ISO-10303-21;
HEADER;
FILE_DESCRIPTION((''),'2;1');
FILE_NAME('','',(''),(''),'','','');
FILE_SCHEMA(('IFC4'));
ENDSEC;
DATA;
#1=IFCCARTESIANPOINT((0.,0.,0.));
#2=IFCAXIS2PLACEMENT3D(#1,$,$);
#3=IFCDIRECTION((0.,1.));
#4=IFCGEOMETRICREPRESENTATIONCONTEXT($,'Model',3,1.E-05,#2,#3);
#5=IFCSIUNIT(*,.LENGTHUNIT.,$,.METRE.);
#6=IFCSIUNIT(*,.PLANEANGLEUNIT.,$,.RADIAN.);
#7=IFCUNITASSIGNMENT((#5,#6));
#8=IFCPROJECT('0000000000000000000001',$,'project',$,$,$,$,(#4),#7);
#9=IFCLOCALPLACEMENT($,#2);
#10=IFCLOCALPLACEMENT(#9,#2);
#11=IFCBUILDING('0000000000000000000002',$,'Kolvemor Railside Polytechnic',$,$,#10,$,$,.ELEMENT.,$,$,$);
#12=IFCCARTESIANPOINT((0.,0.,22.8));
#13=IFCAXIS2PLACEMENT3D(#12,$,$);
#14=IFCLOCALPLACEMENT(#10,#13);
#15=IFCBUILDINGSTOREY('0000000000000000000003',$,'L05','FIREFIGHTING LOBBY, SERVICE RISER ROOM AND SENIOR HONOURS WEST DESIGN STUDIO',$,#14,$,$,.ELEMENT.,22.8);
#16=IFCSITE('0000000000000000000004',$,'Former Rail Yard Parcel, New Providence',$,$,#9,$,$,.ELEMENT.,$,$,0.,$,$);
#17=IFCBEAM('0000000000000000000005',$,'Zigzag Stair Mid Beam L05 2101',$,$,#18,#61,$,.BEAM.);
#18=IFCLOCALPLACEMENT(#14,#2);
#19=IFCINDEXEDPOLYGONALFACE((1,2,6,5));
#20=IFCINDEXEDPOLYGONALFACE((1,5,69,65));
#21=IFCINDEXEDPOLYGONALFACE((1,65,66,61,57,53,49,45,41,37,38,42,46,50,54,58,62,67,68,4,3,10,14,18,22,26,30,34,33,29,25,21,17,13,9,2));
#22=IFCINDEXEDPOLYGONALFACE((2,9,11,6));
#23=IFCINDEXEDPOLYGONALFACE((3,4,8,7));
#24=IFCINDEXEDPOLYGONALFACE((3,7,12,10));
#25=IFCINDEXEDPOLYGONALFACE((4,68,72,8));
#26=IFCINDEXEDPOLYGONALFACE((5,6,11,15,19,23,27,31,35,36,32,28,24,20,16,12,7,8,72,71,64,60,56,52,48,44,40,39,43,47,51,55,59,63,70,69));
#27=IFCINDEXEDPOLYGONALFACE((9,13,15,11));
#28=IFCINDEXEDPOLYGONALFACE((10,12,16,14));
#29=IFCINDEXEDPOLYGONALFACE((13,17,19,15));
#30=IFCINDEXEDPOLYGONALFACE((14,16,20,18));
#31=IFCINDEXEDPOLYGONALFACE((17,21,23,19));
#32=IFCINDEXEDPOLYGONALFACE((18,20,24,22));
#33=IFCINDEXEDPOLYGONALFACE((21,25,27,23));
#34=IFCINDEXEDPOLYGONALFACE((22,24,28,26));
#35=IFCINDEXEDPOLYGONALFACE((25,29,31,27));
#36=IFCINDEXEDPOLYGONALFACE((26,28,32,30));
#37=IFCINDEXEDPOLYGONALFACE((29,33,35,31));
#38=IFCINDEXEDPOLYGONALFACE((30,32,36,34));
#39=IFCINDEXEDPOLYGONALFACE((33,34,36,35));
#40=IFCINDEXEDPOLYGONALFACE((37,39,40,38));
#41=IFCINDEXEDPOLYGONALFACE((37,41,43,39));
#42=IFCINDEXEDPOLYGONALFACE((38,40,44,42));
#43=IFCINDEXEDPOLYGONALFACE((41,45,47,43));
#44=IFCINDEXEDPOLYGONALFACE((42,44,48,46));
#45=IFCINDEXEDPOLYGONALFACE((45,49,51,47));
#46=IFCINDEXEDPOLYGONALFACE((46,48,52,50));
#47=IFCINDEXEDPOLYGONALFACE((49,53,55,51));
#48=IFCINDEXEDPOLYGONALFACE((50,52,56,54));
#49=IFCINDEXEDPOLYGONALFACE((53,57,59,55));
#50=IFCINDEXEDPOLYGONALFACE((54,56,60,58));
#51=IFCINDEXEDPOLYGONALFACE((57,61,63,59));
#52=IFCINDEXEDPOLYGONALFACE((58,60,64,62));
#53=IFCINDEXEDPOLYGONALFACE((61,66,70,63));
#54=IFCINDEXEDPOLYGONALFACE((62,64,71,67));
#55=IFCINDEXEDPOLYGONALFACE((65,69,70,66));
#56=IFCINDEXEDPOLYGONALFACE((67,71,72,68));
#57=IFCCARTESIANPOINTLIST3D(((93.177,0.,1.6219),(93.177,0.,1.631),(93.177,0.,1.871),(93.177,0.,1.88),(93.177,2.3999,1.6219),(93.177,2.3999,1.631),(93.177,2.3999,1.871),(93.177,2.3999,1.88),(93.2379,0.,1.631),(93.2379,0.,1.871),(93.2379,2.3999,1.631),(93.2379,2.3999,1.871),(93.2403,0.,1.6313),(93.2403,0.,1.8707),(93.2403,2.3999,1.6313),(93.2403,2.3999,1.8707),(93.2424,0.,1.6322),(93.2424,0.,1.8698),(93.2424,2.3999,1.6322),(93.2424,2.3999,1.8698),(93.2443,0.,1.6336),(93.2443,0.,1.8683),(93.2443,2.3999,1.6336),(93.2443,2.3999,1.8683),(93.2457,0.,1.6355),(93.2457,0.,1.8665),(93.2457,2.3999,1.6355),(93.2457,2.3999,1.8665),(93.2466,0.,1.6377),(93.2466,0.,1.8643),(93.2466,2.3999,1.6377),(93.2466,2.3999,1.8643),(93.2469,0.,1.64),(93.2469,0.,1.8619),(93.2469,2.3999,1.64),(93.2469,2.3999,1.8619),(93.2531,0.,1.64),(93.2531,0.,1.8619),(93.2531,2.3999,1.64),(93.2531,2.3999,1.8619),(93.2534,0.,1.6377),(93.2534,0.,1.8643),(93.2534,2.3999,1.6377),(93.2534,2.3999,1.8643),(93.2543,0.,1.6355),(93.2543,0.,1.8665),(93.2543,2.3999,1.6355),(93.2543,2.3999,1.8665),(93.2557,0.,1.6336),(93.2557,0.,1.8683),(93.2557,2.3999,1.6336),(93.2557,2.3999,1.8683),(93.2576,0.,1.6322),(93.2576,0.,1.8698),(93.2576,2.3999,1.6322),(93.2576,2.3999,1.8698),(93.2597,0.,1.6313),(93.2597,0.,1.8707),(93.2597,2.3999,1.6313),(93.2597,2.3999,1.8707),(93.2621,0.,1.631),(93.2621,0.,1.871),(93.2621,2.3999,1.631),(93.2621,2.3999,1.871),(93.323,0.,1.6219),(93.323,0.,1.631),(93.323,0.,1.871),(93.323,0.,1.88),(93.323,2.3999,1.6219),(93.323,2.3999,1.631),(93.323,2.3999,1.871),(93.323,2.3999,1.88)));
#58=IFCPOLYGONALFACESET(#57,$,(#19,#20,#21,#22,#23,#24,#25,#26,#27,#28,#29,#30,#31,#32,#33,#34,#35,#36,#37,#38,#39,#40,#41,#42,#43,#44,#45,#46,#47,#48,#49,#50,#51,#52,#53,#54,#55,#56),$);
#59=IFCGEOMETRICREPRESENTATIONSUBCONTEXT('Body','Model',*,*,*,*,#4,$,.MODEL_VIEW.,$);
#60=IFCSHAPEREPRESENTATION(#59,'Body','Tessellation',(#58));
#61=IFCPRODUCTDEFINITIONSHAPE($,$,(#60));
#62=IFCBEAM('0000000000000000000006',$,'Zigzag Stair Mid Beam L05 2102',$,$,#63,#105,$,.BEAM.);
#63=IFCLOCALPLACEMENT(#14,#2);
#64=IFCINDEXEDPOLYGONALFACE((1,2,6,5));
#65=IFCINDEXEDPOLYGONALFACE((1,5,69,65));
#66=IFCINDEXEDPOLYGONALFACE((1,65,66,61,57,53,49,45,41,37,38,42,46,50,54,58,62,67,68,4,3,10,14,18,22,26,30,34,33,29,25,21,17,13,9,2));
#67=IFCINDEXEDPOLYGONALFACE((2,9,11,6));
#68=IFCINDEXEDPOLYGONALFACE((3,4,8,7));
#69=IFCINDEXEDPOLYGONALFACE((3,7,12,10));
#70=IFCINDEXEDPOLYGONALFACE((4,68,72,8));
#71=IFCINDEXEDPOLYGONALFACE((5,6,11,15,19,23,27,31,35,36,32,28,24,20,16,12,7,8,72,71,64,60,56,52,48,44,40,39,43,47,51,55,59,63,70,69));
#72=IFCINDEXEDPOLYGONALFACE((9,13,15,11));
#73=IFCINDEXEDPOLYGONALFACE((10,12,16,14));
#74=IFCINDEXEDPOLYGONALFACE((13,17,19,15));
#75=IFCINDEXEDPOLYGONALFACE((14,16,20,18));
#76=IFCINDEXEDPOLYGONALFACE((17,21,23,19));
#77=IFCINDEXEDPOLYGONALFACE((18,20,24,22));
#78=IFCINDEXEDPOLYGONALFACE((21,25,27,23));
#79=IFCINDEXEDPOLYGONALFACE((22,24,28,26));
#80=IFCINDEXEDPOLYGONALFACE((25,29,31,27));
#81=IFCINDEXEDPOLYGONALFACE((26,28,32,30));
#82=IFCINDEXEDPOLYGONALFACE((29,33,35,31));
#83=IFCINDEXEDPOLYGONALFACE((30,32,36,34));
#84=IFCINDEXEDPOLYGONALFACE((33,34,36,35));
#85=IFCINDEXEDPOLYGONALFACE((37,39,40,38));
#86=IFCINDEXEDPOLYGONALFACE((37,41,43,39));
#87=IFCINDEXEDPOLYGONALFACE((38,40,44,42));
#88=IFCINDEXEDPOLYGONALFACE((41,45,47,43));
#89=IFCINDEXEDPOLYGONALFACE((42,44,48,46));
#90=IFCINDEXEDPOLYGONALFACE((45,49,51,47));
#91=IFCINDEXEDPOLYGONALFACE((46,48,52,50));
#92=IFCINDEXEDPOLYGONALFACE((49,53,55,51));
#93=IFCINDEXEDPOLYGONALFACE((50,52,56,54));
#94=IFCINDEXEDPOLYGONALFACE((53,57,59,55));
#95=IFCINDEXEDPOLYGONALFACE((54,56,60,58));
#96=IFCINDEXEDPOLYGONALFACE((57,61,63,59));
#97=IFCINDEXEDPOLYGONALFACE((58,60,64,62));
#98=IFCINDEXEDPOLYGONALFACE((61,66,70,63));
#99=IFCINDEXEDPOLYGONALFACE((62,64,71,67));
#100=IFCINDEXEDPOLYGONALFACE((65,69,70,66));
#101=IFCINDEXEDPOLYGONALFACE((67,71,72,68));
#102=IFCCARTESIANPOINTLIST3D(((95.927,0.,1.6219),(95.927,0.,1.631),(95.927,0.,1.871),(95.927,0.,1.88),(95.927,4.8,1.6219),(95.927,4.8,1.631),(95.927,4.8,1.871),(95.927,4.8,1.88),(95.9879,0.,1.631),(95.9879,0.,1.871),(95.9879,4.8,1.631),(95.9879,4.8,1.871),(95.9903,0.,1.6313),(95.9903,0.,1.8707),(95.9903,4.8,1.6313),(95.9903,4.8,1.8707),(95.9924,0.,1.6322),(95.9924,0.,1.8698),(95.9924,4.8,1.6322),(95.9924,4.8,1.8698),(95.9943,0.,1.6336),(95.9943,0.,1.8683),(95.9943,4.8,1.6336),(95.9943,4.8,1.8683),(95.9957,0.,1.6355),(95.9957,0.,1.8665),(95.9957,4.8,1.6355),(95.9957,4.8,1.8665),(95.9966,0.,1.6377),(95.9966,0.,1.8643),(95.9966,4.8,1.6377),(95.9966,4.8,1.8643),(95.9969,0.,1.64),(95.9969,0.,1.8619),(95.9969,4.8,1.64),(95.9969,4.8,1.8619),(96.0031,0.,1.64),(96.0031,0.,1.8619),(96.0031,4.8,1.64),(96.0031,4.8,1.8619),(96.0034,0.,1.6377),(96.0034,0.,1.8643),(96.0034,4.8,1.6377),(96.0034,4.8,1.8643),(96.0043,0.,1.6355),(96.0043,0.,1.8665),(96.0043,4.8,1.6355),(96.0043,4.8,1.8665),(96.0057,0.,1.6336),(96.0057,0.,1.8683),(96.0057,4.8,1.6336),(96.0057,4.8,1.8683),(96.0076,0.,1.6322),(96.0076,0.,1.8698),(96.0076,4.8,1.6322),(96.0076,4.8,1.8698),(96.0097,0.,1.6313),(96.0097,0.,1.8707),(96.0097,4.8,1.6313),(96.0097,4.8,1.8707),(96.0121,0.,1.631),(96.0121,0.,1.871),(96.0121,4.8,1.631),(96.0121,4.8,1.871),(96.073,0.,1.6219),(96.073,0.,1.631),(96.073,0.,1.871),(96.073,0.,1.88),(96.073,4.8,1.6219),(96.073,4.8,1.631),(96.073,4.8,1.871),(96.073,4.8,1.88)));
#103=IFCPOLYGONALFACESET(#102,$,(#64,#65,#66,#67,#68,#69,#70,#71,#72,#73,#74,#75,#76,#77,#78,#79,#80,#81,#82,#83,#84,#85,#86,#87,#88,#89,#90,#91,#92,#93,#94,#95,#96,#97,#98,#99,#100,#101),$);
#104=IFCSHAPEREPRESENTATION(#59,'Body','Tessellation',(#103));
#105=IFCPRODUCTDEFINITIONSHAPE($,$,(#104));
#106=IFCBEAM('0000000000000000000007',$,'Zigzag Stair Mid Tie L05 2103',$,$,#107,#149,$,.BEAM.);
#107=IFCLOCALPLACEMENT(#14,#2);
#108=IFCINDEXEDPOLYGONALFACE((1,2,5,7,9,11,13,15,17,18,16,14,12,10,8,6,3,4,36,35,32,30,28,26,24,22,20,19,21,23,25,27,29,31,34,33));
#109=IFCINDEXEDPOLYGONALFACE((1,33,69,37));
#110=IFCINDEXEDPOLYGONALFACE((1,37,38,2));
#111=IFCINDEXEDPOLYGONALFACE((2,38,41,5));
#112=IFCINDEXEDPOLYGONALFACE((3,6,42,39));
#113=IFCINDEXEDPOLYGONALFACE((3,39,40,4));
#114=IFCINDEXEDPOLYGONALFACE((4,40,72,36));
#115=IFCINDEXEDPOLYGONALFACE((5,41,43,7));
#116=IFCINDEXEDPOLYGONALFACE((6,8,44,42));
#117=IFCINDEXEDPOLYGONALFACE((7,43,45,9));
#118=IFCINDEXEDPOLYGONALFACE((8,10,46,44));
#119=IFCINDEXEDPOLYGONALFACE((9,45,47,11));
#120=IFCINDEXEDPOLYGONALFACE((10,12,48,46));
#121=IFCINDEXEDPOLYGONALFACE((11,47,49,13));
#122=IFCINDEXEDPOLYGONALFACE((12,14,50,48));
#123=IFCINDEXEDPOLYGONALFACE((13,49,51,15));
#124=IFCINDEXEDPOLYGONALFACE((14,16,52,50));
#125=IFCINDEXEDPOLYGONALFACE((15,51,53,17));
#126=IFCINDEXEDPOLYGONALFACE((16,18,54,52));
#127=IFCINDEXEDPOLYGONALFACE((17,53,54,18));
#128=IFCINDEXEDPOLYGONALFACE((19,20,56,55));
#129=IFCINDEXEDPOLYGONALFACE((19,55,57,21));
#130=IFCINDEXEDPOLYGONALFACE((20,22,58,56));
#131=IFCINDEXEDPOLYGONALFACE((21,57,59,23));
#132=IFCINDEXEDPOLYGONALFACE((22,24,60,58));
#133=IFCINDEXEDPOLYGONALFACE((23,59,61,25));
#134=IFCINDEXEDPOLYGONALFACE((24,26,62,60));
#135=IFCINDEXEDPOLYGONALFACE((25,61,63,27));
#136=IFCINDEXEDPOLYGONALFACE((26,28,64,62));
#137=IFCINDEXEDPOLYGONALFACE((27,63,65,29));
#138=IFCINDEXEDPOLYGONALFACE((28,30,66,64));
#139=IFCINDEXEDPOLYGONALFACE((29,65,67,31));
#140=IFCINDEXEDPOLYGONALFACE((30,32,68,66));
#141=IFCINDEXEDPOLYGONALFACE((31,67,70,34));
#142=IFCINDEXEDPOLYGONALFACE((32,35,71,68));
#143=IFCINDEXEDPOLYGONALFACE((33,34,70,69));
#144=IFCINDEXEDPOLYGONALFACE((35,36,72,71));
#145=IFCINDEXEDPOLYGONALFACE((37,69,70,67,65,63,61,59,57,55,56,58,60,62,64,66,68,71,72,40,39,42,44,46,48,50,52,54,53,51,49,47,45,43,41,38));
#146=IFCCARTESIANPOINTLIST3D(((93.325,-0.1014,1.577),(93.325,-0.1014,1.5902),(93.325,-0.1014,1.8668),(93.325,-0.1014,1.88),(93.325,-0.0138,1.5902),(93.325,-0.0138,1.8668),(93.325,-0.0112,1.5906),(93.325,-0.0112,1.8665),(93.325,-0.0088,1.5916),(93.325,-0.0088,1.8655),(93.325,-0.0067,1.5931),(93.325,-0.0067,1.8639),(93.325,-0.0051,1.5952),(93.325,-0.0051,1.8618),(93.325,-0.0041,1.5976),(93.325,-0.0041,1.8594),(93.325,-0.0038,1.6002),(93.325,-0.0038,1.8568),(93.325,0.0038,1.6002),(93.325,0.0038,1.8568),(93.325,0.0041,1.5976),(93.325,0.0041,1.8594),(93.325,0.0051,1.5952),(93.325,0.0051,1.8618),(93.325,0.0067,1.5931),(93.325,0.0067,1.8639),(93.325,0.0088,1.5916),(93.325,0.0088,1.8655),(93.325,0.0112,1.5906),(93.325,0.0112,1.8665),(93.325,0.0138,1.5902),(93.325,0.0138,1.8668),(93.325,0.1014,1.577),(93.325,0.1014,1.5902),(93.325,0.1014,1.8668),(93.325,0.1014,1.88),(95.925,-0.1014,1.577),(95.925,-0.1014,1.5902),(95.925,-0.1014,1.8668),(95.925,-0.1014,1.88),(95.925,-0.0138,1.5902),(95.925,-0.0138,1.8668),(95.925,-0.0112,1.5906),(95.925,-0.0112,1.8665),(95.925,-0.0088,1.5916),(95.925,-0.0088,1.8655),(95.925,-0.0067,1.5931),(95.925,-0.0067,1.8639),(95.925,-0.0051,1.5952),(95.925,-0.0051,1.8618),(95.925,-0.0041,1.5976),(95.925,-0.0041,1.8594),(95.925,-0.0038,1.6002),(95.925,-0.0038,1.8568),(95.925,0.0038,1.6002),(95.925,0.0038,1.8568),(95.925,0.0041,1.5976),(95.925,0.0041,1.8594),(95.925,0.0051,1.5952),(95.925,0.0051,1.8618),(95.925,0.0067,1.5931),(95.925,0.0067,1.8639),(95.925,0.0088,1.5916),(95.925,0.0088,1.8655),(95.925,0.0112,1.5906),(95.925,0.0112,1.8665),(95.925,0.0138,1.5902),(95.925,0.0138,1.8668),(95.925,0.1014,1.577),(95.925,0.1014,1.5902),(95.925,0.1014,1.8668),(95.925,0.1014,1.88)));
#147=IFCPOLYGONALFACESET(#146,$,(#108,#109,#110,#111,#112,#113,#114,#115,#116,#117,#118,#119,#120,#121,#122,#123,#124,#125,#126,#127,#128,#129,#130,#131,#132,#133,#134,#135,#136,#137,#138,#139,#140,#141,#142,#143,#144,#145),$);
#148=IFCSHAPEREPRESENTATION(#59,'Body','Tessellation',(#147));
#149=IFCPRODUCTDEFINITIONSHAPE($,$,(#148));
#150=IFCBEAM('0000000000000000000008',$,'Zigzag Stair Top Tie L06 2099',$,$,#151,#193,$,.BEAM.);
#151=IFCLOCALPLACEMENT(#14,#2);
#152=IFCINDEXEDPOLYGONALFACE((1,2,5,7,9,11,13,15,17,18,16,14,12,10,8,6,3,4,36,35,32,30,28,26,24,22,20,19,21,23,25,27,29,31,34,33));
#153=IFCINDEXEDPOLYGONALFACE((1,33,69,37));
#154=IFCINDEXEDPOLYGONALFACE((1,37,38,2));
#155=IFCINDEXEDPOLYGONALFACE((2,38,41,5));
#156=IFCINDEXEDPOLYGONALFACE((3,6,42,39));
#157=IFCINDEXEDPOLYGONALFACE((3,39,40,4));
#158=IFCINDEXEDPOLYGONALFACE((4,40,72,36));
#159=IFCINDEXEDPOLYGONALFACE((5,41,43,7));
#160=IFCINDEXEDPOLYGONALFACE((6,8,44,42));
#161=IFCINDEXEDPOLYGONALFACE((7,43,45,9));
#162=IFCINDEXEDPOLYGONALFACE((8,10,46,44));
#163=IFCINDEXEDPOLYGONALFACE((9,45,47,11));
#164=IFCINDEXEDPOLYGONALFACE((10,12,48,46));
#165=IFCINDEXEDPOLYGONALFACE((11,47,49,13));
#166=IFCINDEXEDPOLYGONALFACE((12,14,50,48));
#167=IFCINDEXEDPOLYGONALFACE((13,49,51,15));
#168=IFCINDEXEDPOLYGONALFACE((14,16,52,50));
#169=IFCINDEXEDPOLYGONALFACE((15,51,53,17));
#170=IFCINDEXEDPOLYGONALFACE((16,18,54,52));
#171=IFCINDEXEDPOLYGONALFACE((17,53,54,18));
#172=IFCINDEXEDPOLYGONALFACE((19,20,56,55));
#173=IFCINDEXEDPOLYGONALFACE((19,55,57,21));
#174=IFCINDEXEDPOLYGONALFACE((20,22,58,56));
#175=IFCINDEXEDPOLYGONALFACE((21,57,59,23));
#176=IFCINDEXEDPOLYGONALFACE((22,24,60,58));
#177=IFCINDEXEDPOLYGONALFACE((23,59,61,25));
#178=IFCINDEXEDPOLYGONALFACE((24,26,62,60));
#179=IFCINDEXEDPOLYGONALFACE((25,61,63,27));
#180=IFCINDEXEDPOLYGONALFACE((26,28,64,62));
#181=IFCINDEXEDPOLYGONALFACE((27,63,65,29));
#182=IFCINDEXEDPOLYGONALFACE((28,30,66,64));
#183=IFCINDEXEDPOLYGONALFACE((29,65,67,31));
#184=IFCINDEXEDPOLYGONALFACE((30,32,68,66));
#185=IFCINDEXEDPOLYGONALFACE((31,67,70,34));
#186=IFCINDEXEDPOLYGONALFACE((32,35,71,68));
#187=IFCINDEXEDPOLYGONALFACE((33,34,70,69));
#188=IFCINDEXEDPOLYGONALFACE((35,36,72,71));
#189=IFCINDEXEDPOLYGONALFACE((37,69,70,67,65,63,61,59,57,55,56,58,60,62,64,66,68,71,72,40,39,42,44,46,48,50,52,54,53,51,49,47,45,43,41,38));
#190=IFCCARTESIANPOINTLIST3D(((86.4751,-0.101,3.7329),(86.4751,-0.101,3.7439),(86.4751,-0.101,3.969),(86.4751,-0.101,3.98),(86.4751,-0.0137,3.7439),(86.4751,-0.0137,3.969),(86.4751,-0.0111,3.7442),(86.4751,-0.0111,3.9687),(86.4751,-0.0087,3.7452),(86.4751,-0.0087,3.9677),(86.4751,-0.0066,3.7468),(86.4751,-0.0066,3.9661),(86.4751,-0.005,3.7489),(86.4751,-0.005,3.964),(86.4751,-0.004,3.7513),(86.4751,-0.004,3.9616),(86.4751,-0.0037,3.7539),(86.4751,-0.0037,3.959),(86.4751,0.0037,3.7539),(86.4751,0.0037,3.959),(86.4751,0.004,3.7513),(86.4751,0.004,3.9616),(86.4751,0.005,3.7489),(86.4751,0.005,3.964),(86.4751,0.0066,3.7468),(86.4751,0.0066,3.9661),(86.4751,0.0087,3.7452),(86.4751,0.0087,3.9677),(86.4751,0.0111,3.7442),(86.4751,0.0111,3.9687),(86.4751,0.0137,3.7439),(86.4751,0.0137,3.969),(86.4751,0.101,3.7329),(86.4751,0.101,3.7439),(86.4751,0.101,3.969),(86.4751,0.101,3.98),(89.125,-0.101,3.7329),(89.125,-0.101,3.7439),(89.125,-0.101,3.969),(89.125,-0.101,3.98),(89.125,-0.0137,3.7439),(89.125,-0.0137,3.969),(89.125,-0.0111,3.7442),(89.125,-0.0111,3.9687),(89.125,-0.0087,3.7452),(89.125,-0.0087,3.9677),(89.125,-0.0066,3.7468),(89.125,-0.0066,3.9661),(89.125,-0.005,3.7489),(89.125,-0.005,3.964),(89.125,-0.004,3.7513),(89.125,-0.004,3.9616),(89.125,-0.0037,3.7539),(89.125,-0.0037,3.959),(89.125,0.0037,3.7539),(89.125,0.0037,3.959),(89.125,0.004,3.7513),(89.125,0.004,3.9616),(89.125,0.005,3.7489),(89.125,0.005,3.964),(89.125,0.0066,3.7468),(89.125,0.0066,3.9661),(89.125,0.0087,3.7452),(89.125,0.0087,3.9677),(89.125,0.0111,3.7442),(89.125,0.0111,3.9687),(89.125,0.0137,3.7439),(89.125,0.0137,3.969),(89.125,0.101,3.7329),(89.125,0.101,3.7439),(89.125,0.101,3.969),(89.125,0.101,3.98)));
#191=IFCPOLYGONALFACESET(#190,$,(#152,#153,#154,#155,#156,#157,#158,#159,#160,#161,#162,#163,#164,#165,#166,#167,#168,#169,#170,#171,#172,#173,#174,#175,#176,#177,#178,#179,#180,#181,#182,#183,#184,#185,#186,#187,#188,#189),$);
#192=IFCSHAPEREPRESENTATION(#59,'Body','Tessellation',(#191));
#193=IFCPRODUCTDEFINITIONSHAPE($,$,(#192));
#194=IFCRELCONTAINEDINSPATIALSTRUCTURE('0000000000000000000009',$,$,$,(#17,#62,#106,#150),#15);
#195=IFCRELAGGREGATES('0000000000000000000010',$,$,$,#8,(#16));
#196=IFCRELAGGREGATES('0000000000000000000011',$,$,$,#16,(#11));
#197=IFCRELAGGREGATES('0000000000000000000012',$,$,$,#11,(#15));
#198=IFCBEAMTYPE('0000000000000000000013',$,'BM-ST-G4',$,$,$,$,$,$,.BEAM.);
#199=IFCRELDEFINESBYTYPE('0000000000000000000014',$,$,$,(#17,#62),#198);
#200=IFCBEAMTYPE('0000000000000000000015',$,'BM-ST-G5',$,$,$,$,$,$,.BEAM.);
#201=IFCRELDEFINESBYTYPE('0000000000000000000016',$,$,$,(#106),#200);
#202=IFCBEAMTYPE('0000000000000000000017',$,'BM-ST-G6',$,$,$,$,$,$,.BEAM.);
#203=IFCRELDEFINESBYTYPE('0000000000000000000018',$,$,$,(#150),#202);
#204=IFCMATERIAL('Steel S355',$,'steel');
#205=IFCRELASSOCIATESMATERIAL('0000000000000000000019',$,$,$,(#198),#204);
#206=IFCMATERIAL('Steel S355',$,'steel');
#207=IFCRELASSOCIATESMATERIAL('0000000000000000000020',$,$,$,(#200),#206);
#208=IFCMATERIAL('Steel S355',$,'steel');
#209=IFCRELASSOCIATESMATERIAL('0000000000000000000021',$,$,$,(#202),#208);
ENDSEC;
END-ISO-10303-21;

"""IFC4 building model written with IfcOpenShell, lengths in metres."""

from ifc_helpers import new_model, si_unit, direction, frame, origin, origin_2d, place, context, subcontext, project, spatial, i_section, extrude, material, material_profile, profile_set, type_object, element, save


model = new_model("IFC4")

# Units and contexts
model_context = context("Model", 3, precision=1e-05, world=origin(), true_north=direction((0.0, 1.0)))
body_context = subcontext(model_context, "Body", "Model", "MODEL_VIEW")
ifc_project = project(units=[si_unit("LENGTHUNIT", "METRE"), si_unit("PLANEANGLEUNIT", "RADIAN")], contexts=[model_context])

# Site, building, storey
site_placement = place(None, origin())
site = spatial("IfcSite", under=ifc_project, at=site_placement, Name="Former Rail Yard Parcel, New Providence", CompositionType="ELEMENT", RefElevation=0.0)
building_placement = place(site_placement, origin())
building = spatial("IfcBuilding", under=site, at=building_placement, Name="Kolvemor Railside Polytechnic", CompositionType="ELEMENT")
storey_placement = place(building_placement, frame((0.0, 0.0, 22.8)))
storey = spatial("IfcBuildingStorey", under=building, at=storey_placement, Name="L05", Description="FIREFIGHTING LOBBY, SERVICE RISER ROOM AND SENIOR HONOURS WEST DESIGN STUDIO", CompositionType="ELEMENT", Elevation=22.8)

# Beams
ifc_material_1 = material(Name="Steel S355", Category="steel")
ifc_material_profile_1 = material_profile(ifc_material_1, i_section(OverallWidth=0.146, OverallDepth=0.2581, WebThickness=0.0061, FlangeThickness=0.009, FilletRadius=0.009, at=origin_2d()), Name="W250x33")
ifc_profile_set_1 = profile_set([ifc_material_profile_1], Name="Steel S355")
beam_type_1 = type_object("IfcBeamType", Name="BM-ST-G4", PredefinedType="BEAM", material=ifc_profile_set_1)
beam_1_placement = place(storey_placement, frame((93.25, 0.0, 1.751), z_axis=(0.0, 1.0, 0.0), x_axis=(-1.0, 0.0, 0.0)))
element("IfcBeam", 1, at=beam_1_placement, inside=storey, type_object=beam_type_1, Name="Zigzag Stair Mid Beam L05 2101", PredefinedType="BEAM", context=body_context, shape_type="SweptSolid", body=[
    extrude(i_section(OverallWidth=0.146, OverallDepth=0.2581, WebThickness=0.0061, FlangeThickness=0.009, FilletRadius=0.009, at=origin_2d()), origin(), (0.0, 0.0, 1.0), 2.3999),
])
beam_2_placement = place(storey_placement, frame((96.0, 0.0, 1.751), z_axis=(0.0, 1.0, 0.0), x_axis=(-1.0, 0.0, 0.0)))
element("IfcBeam", 2, at=beam_2_placement, inside=storey, type_object=beam_type_1, Name="Zigzag Stair Mid Beam L05 2102", PredefinedType="BEAM", context=body_context, shape_type="SweptSolid", body=[
    extrude(i_section(OverallWidth=0.146, OverallDepth=0.2581, WebThickness=0.0061, FlangeThickness=0.009, FilletRadius=0.009, at=origin_2d()), origin(), (0.0, 0.0, 1.0), 4.8),
])
ifc_material_2 = material(Name="Steel S355", Category="steel")
ifc_material_profile_2 = material_profile(ifc_material_2, i_section(OverallWidth=0.2029, OverallDepth=0.303, WebThickness=0.0076, FlangeThickness=0.0132, FilletRadius=0.01, at=origin_2d()), Name="W310x60")
ifc_profile_set_2 = profile_set([ifc_material_profile_2], Name="Steel S355")
beam_type_2 = type_object("IfcBeamType", Name="BM-ST-G5", PredefinedType="BEAM", material=ifc_profile_set_2)
beam_3_placement = place(storey_placement, frame((93.325, 0.0, 1.7285), z_axis=(1.0, 0.0, 0.0), x_axis=(0.0, 1.0, 0.0)))
element("IfcBeam", 3, at=beam_3_placement, inside=storey, type_object=beam_type_2, Name="Zigzag Stair Mid Tie L05 2103", PredefinedType="BEAM", context=body_context, shape_type="SweptSolid", body=[
    extrude(i_section(OverallWidth=0.2029, OverallDepth=0.303, WebThickness=0.0076, FlangeThickness=0.0132, FilletRadius=0.01, at=origin_2d()), origin(), (0.0, 0.0, 1.0), 2.6001),
])
ifc_material_3 = material(Name="Steel S355", Category="steel")
ifc_material_profile_3 = material_profile(ifc_material_3, i_section(OverallWidth=0.2019, OverallDepth=0.2471, WebThickness=0.0073, FlangeThickness=0.011, FilletRadius=0.01, at=origin_2d()), Name="W250x49")
ifc_profile_set_3 = profile_set([ifc_material_profile_3], Name="Steel S355")
beam_type_3 = type_object("IfcBeamType", Name="BM-ST-G6", PredefinedType="BEAM", material=ifc_profile_set_3)
for number, where, z_axis, x_axis, name in (
    (4, (86.4751, 0.0, 3.8564), (1.0, 0.0, 0.0), (0.0, 1.0, 0.0), "Zigzag Stair Top Tie L06 2099"),
):
    element("IfcBeam", number, at=place(storey_placement, frame(where, z_axis=z_axis, x_axis=x_axis)), inside=storey, type_object=beam_type_3, Name=name, PredefinedType="BEAM", context=body_context, shape_type="SweptSolid", body=[
        extrude(i_section(OverallWidth=0.2019, OverallDepth=0.2471, WebThickness=0.0073, FlangeThickness=0.011, FilletRadius=0.01, at=origin_2d()), origin(), (0.0, 0.0, 1.0), 2.6499),
    ])

save(model, "model.ifc")
